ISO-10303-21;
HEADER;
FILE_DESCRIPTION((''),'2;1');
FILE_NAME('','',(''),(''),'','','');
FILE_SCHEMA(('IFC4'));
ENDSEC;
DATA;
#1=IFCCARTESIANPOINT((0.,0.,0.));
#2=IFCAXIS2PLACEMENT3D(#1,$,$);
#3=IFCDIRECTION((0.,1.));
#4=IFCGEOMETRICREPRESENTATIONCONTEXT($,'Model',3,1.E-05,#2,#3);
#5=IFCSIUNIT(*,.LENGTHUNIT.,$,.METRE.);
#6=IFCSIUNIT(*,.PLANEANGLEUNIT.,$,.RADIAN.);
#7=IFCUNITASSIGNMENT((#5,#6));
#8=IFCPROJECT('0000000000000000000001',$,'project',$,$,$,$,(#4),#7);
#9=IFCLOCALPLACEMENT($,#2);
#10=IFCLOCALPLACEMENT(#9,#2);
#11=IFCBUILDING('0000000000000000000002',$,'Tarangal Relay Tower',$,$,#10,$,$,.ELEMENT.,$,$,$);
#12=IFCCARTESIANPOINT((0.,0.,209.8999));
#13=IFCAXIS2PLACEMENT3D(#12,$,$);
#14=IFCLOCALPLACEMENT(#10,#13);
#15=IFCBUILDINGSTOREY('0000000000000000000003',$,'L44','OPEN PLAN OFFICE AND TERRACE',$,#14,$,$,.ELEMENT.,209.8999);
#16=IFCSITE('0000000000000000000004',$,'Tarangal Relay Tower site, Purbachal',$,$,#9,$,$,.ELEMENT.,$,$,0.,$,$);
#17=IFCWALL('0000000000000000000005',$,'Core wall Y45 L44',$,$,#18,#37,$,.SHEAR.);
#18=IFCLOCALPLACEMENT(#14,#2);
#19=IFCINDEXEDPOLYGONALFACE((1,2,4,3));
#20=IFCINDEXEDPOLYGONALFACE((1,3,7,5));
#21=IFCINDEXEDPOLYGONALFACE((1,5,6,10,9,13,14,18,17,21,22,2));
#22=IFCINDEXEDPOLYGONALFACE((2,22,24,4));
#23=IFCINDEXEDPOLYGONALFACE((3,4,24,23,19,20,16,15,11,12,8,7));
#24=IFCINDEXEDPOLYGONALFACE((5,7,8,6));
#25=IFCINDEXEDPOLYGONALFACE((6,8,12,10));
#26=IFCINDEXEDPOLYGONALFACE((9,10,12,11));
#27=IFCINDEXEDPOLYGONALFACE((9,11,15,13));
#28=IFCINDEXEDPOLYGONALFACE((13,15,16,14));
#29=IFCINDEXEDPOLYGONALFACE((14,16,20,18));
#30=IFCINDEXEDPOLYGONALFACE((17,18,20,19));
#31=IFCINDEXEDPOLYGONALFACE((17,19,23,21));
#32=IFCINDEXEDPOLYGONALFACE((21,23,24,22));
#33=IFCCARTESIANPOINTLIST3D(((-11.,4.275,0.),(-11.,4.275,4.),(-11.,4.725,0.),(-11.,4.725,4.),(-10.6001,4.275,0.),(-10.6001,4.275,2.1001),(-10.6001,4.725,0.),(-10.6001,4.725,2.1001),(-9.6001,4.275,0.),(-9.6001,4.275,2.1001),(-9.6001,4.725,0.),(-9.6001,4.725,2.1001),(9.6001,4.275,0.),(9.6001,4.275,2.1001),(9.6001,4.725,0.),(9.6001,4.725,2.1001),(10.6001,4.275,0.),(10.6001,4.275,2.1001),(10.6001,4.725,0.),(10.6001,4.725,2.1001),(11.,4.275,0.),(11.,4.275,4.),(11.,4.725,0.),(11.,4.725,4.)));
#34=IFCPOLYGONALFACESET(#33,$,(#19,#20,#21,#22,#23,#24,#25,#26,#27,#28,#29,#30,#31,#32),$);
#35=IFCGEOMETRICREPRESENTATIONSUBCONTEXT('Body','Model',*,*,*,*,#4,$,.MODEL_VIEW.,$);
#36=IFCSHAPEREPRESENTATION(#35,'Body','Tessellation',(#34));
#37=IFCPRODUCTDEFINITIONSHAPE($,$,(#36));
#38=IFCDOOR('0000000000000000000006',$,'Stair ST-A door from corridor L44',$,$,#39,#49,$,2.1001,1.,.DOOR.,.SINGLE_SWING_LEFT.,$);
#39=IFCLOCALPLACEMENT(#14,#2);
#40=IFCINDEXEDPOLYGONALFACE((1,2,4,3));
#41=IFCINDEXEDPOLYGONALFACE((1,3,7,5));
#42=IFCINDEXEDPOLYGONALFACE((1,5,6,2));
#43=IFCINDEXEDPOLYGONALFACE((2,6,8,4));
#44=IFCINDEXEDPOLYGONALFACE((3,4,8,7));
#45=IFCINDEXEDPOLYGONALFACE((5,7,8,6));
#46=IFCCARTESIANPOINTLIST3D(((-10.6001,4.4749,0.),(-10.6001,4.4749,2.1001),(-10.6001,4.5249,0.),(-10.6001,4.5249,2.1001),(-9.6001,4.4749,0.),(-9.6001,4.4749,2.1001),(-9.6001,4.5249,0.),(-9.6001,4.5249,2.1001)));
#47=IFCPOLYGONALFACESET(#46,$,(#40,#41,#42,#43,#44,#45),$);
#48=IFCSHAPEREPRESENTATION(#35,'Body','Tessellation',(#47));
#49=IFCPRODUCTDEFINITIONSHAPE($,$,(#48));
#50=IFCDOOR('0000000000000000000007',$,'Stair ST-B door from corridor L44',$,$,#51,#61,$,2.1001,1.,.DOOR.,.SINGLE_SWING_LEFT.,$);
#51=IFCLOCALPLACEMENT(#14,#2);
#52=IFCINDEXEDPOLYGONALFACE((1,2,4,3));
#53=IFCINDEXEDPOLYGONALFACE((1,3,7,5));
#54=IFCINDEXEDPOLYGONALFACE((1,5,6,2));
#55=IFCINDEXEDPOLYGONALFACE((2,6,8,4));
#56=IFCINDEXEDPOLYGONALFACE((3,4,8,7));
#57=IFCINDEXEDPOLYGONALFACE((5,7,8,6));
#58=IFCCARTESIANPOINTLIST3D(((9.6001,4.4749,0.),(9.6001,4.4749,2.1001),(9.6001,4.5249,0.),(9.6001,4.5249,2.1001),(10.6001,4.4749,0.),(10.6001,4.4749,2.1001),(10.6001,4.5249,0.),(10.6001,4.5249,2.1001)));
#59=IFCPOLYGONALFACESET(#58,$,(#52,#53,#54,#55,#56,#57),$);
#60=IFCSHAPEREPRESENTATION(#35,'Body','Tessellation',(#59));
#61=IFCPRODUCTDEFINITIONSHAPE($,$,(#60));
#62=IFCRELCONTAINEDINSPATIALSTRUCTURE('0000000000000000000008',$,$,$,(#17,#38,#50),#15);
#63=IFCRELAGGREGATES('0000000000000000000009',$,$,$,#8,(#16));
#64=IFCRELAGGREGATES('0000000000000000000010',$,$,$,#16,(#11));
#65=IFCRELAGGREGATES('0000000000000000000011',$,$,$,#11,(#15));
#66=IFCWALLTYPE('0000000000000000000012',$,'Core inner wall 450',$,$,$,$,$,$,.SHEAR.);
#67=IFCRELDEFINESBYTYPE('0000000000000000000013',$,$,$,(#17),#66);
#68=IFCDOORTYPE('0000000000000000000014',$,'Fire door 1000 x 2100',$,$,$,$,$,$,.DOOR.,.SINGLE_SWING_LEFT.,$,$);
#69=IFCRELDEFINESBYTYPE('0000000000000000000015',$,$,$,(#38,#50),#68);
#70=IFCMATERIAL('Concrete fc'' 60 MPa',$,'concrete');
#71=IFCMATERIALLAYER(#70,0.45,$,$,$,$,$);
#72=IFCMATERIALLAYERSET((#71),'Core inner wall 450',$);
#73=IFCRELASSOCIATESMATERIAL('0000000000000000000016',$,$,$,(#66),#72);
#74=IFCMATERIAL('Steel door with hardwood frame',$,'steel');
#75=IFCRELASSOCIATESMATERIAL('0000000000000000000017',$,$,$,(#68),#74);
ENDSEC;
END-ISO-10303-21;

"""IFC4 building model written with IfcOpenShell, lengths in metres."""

from ifc_helpers import new_model, si_unit, direction, frame, frame_2d, origin, place, context, subcontext, project, spatial, rectangle, extrude, material, layer, layer_set, type_object, element, fill, save


model = new_model("IFC4")

# Units and contexts
model_context = context("Model", 3, precision=1e-05, world=origin(), true_north=direction((0.0, 1.0)))
body_context = subcontext(model_context, "Body", "Model", "MODEL_VIEW")
ifc_project = project(units=[si_unit("LENGTHUNIT", "METRE"), si_unit("PLANEANGLEUNIT", "RADIAN")], contexts=[model_context])

# Site, building, storey
site_placement = place(None, origin())
site = spatial("IfcSite", under=ifc_project, at=site_placement, Name="Tarangal Relay Tower site, Purbachal", CompositionType="ELEMENT", RefElevation=0.0)
building_placement = place(site_placement, origin())
building = spatial("IfcBuilding", under=site, at=building_placement, Name="Tarangal Relay Tower", CompositionType="ELEMENT")
storey_placement = place(building_placement, frame((0.0, 0.0, 209.8999)))
storey = spatial("IfcBuildingStorey", under=building, at=storey_placement, Name="L44", Description="OPEN PLAN OFFICE AND TERRACE", CompositionType="ELEMENT", Elevation=209.8999)

# Wall, openings, doors
ifc_material_1 = material(Name="Concrete fc' 60 MPa", Category="concrete")
ifc_layer = layer(ifc_material_1, 0.45)
ifc_layer_set = layer_set([ifc_layer], Name="Core inner wall 450")
wall_type = type_object("IfcWallType", Name="Core inner wall 450", PredefinedType="SHEAR", material=ifc_layer_set)
wall_1_placement = place(storey_placement, frame((-11.0, 4.5, 0.0), z_axis=(0.0, 0.0, 1.0), x_axis=(1.0, 0.0, 0.0)))
wall_1 = element("IfcWall", 1, at=wall_1_placement, inside=storey, type_object=wall_type, Name="Core wall Y45 L44", PredefinedType="SHEAR", context=body_context, shape_type="SweptSolid", body=[
    extrude(rectangle(XDim=22.0, YDim=0.45, at=frame_2d((11.0, 0.0))), origin(), (0.0, 0.0, 1.0), 4.0),
])
opening_1_placement = place(wall_1_placement, frame((0.3999, 0.0, 0.0)))
opening_1 = element("IfcOpeningElement", 2, at=opening_1_placement, cuts=wall_1, PredefinedType="OPENING", context=body_context, shape_type="SweptSolid", body=[
    extrude(rectangle(XDim=1.0, YDim=2.1001, at=frame_2d((0.5, 1.05))), frame((0.0, 0.2349, 0.0), z_axis=(0.0, -1.0, 0.0), x_axis=(1.0, 0.0, 0.0)), (0.0, 0.0, 1.0), 0.47),
])
opening_2_placement = place(wall_1_placement, frame((20.6001, 0.0, 0.0)))
opening_2 = element("IfcOpeningElement", 3, at=opening_2_placement, cuts=wall_1, PredefinedType="OPENING", context=body_context, shape_type="SweptSolid", body=[
    extrude(rectangle(XDim=1.0, YDim=2.1001, at=frame_2d((0.5, 1.05))), frame((0.0, 0.2349, 0.0), z_axis=(0.0, -1.0, 0.0), x_axis=(1.0, 0.0, 0.0)), (0.0, 0.0, 1.0), 0.47),
])
ifc_material_2 = material(Name="Steel door with hardwood frame", Category="steel")
door_type_1 = type_object("IfcDoorType", Name="Fire door 1000 x 2100", OperationType="SINGLE_SWING_LEFT", PredefinedType="DOOR", material=ifc_material_2)
door_1_placement = place(opening_1_placement, origin())
door_1 = element("IfcDoor", 4, at=door_1_placement, inside=storey, type_object=door_type_1, Name="Stair ST-A door from corridor L44", OperationType="SINGLE_SWING_LEFT", OverallHeight=2.1001, OverallWidth=1.0, PredefinedType="DOOR", context=body_context, shape_type="SweptSolid", body=[
    extrude(rectangle(XDim=1.0, YDim=2.1001, at=frame_2d((0.5, 1.05))), frame((0.0, 0.0249, 0.0), z_axis=(0.0, -1.0, 0.0), x_axis=(1.0, 0.0, 0.0)), (0.0, 0.0, 1.0), 0.05),
])
fill(opening_1, door_1)
door_2_placement = place(opening_2_placement, origin())
door_2 = element("IfcDoor", 5, at=door_2_placement, inside=storey, type_object=door_type_1, Name="Stair ST-B door from corridor L44", OperationType="SINGLE_SWING_LEFT", OverallHeight=2.1001, OverallWidth=1.0, PredefinedType="DOOR", context=body_context, shape_type="SweptSolid", body=[
    extrude(rectangle(XDim=1.0, YDim=2.1001, at=frame_2d((0.5, 1.05))), frame((0.0, 0.0249, 0.0), z_axis=(0.0, -1.0, 0.0), x_axis=(1.0, 0.0, 0.0)), (0.0, 0.0, 1.0), 0.05),
])
fill(opening_2, door_2)

save(model, "model.ifc")
